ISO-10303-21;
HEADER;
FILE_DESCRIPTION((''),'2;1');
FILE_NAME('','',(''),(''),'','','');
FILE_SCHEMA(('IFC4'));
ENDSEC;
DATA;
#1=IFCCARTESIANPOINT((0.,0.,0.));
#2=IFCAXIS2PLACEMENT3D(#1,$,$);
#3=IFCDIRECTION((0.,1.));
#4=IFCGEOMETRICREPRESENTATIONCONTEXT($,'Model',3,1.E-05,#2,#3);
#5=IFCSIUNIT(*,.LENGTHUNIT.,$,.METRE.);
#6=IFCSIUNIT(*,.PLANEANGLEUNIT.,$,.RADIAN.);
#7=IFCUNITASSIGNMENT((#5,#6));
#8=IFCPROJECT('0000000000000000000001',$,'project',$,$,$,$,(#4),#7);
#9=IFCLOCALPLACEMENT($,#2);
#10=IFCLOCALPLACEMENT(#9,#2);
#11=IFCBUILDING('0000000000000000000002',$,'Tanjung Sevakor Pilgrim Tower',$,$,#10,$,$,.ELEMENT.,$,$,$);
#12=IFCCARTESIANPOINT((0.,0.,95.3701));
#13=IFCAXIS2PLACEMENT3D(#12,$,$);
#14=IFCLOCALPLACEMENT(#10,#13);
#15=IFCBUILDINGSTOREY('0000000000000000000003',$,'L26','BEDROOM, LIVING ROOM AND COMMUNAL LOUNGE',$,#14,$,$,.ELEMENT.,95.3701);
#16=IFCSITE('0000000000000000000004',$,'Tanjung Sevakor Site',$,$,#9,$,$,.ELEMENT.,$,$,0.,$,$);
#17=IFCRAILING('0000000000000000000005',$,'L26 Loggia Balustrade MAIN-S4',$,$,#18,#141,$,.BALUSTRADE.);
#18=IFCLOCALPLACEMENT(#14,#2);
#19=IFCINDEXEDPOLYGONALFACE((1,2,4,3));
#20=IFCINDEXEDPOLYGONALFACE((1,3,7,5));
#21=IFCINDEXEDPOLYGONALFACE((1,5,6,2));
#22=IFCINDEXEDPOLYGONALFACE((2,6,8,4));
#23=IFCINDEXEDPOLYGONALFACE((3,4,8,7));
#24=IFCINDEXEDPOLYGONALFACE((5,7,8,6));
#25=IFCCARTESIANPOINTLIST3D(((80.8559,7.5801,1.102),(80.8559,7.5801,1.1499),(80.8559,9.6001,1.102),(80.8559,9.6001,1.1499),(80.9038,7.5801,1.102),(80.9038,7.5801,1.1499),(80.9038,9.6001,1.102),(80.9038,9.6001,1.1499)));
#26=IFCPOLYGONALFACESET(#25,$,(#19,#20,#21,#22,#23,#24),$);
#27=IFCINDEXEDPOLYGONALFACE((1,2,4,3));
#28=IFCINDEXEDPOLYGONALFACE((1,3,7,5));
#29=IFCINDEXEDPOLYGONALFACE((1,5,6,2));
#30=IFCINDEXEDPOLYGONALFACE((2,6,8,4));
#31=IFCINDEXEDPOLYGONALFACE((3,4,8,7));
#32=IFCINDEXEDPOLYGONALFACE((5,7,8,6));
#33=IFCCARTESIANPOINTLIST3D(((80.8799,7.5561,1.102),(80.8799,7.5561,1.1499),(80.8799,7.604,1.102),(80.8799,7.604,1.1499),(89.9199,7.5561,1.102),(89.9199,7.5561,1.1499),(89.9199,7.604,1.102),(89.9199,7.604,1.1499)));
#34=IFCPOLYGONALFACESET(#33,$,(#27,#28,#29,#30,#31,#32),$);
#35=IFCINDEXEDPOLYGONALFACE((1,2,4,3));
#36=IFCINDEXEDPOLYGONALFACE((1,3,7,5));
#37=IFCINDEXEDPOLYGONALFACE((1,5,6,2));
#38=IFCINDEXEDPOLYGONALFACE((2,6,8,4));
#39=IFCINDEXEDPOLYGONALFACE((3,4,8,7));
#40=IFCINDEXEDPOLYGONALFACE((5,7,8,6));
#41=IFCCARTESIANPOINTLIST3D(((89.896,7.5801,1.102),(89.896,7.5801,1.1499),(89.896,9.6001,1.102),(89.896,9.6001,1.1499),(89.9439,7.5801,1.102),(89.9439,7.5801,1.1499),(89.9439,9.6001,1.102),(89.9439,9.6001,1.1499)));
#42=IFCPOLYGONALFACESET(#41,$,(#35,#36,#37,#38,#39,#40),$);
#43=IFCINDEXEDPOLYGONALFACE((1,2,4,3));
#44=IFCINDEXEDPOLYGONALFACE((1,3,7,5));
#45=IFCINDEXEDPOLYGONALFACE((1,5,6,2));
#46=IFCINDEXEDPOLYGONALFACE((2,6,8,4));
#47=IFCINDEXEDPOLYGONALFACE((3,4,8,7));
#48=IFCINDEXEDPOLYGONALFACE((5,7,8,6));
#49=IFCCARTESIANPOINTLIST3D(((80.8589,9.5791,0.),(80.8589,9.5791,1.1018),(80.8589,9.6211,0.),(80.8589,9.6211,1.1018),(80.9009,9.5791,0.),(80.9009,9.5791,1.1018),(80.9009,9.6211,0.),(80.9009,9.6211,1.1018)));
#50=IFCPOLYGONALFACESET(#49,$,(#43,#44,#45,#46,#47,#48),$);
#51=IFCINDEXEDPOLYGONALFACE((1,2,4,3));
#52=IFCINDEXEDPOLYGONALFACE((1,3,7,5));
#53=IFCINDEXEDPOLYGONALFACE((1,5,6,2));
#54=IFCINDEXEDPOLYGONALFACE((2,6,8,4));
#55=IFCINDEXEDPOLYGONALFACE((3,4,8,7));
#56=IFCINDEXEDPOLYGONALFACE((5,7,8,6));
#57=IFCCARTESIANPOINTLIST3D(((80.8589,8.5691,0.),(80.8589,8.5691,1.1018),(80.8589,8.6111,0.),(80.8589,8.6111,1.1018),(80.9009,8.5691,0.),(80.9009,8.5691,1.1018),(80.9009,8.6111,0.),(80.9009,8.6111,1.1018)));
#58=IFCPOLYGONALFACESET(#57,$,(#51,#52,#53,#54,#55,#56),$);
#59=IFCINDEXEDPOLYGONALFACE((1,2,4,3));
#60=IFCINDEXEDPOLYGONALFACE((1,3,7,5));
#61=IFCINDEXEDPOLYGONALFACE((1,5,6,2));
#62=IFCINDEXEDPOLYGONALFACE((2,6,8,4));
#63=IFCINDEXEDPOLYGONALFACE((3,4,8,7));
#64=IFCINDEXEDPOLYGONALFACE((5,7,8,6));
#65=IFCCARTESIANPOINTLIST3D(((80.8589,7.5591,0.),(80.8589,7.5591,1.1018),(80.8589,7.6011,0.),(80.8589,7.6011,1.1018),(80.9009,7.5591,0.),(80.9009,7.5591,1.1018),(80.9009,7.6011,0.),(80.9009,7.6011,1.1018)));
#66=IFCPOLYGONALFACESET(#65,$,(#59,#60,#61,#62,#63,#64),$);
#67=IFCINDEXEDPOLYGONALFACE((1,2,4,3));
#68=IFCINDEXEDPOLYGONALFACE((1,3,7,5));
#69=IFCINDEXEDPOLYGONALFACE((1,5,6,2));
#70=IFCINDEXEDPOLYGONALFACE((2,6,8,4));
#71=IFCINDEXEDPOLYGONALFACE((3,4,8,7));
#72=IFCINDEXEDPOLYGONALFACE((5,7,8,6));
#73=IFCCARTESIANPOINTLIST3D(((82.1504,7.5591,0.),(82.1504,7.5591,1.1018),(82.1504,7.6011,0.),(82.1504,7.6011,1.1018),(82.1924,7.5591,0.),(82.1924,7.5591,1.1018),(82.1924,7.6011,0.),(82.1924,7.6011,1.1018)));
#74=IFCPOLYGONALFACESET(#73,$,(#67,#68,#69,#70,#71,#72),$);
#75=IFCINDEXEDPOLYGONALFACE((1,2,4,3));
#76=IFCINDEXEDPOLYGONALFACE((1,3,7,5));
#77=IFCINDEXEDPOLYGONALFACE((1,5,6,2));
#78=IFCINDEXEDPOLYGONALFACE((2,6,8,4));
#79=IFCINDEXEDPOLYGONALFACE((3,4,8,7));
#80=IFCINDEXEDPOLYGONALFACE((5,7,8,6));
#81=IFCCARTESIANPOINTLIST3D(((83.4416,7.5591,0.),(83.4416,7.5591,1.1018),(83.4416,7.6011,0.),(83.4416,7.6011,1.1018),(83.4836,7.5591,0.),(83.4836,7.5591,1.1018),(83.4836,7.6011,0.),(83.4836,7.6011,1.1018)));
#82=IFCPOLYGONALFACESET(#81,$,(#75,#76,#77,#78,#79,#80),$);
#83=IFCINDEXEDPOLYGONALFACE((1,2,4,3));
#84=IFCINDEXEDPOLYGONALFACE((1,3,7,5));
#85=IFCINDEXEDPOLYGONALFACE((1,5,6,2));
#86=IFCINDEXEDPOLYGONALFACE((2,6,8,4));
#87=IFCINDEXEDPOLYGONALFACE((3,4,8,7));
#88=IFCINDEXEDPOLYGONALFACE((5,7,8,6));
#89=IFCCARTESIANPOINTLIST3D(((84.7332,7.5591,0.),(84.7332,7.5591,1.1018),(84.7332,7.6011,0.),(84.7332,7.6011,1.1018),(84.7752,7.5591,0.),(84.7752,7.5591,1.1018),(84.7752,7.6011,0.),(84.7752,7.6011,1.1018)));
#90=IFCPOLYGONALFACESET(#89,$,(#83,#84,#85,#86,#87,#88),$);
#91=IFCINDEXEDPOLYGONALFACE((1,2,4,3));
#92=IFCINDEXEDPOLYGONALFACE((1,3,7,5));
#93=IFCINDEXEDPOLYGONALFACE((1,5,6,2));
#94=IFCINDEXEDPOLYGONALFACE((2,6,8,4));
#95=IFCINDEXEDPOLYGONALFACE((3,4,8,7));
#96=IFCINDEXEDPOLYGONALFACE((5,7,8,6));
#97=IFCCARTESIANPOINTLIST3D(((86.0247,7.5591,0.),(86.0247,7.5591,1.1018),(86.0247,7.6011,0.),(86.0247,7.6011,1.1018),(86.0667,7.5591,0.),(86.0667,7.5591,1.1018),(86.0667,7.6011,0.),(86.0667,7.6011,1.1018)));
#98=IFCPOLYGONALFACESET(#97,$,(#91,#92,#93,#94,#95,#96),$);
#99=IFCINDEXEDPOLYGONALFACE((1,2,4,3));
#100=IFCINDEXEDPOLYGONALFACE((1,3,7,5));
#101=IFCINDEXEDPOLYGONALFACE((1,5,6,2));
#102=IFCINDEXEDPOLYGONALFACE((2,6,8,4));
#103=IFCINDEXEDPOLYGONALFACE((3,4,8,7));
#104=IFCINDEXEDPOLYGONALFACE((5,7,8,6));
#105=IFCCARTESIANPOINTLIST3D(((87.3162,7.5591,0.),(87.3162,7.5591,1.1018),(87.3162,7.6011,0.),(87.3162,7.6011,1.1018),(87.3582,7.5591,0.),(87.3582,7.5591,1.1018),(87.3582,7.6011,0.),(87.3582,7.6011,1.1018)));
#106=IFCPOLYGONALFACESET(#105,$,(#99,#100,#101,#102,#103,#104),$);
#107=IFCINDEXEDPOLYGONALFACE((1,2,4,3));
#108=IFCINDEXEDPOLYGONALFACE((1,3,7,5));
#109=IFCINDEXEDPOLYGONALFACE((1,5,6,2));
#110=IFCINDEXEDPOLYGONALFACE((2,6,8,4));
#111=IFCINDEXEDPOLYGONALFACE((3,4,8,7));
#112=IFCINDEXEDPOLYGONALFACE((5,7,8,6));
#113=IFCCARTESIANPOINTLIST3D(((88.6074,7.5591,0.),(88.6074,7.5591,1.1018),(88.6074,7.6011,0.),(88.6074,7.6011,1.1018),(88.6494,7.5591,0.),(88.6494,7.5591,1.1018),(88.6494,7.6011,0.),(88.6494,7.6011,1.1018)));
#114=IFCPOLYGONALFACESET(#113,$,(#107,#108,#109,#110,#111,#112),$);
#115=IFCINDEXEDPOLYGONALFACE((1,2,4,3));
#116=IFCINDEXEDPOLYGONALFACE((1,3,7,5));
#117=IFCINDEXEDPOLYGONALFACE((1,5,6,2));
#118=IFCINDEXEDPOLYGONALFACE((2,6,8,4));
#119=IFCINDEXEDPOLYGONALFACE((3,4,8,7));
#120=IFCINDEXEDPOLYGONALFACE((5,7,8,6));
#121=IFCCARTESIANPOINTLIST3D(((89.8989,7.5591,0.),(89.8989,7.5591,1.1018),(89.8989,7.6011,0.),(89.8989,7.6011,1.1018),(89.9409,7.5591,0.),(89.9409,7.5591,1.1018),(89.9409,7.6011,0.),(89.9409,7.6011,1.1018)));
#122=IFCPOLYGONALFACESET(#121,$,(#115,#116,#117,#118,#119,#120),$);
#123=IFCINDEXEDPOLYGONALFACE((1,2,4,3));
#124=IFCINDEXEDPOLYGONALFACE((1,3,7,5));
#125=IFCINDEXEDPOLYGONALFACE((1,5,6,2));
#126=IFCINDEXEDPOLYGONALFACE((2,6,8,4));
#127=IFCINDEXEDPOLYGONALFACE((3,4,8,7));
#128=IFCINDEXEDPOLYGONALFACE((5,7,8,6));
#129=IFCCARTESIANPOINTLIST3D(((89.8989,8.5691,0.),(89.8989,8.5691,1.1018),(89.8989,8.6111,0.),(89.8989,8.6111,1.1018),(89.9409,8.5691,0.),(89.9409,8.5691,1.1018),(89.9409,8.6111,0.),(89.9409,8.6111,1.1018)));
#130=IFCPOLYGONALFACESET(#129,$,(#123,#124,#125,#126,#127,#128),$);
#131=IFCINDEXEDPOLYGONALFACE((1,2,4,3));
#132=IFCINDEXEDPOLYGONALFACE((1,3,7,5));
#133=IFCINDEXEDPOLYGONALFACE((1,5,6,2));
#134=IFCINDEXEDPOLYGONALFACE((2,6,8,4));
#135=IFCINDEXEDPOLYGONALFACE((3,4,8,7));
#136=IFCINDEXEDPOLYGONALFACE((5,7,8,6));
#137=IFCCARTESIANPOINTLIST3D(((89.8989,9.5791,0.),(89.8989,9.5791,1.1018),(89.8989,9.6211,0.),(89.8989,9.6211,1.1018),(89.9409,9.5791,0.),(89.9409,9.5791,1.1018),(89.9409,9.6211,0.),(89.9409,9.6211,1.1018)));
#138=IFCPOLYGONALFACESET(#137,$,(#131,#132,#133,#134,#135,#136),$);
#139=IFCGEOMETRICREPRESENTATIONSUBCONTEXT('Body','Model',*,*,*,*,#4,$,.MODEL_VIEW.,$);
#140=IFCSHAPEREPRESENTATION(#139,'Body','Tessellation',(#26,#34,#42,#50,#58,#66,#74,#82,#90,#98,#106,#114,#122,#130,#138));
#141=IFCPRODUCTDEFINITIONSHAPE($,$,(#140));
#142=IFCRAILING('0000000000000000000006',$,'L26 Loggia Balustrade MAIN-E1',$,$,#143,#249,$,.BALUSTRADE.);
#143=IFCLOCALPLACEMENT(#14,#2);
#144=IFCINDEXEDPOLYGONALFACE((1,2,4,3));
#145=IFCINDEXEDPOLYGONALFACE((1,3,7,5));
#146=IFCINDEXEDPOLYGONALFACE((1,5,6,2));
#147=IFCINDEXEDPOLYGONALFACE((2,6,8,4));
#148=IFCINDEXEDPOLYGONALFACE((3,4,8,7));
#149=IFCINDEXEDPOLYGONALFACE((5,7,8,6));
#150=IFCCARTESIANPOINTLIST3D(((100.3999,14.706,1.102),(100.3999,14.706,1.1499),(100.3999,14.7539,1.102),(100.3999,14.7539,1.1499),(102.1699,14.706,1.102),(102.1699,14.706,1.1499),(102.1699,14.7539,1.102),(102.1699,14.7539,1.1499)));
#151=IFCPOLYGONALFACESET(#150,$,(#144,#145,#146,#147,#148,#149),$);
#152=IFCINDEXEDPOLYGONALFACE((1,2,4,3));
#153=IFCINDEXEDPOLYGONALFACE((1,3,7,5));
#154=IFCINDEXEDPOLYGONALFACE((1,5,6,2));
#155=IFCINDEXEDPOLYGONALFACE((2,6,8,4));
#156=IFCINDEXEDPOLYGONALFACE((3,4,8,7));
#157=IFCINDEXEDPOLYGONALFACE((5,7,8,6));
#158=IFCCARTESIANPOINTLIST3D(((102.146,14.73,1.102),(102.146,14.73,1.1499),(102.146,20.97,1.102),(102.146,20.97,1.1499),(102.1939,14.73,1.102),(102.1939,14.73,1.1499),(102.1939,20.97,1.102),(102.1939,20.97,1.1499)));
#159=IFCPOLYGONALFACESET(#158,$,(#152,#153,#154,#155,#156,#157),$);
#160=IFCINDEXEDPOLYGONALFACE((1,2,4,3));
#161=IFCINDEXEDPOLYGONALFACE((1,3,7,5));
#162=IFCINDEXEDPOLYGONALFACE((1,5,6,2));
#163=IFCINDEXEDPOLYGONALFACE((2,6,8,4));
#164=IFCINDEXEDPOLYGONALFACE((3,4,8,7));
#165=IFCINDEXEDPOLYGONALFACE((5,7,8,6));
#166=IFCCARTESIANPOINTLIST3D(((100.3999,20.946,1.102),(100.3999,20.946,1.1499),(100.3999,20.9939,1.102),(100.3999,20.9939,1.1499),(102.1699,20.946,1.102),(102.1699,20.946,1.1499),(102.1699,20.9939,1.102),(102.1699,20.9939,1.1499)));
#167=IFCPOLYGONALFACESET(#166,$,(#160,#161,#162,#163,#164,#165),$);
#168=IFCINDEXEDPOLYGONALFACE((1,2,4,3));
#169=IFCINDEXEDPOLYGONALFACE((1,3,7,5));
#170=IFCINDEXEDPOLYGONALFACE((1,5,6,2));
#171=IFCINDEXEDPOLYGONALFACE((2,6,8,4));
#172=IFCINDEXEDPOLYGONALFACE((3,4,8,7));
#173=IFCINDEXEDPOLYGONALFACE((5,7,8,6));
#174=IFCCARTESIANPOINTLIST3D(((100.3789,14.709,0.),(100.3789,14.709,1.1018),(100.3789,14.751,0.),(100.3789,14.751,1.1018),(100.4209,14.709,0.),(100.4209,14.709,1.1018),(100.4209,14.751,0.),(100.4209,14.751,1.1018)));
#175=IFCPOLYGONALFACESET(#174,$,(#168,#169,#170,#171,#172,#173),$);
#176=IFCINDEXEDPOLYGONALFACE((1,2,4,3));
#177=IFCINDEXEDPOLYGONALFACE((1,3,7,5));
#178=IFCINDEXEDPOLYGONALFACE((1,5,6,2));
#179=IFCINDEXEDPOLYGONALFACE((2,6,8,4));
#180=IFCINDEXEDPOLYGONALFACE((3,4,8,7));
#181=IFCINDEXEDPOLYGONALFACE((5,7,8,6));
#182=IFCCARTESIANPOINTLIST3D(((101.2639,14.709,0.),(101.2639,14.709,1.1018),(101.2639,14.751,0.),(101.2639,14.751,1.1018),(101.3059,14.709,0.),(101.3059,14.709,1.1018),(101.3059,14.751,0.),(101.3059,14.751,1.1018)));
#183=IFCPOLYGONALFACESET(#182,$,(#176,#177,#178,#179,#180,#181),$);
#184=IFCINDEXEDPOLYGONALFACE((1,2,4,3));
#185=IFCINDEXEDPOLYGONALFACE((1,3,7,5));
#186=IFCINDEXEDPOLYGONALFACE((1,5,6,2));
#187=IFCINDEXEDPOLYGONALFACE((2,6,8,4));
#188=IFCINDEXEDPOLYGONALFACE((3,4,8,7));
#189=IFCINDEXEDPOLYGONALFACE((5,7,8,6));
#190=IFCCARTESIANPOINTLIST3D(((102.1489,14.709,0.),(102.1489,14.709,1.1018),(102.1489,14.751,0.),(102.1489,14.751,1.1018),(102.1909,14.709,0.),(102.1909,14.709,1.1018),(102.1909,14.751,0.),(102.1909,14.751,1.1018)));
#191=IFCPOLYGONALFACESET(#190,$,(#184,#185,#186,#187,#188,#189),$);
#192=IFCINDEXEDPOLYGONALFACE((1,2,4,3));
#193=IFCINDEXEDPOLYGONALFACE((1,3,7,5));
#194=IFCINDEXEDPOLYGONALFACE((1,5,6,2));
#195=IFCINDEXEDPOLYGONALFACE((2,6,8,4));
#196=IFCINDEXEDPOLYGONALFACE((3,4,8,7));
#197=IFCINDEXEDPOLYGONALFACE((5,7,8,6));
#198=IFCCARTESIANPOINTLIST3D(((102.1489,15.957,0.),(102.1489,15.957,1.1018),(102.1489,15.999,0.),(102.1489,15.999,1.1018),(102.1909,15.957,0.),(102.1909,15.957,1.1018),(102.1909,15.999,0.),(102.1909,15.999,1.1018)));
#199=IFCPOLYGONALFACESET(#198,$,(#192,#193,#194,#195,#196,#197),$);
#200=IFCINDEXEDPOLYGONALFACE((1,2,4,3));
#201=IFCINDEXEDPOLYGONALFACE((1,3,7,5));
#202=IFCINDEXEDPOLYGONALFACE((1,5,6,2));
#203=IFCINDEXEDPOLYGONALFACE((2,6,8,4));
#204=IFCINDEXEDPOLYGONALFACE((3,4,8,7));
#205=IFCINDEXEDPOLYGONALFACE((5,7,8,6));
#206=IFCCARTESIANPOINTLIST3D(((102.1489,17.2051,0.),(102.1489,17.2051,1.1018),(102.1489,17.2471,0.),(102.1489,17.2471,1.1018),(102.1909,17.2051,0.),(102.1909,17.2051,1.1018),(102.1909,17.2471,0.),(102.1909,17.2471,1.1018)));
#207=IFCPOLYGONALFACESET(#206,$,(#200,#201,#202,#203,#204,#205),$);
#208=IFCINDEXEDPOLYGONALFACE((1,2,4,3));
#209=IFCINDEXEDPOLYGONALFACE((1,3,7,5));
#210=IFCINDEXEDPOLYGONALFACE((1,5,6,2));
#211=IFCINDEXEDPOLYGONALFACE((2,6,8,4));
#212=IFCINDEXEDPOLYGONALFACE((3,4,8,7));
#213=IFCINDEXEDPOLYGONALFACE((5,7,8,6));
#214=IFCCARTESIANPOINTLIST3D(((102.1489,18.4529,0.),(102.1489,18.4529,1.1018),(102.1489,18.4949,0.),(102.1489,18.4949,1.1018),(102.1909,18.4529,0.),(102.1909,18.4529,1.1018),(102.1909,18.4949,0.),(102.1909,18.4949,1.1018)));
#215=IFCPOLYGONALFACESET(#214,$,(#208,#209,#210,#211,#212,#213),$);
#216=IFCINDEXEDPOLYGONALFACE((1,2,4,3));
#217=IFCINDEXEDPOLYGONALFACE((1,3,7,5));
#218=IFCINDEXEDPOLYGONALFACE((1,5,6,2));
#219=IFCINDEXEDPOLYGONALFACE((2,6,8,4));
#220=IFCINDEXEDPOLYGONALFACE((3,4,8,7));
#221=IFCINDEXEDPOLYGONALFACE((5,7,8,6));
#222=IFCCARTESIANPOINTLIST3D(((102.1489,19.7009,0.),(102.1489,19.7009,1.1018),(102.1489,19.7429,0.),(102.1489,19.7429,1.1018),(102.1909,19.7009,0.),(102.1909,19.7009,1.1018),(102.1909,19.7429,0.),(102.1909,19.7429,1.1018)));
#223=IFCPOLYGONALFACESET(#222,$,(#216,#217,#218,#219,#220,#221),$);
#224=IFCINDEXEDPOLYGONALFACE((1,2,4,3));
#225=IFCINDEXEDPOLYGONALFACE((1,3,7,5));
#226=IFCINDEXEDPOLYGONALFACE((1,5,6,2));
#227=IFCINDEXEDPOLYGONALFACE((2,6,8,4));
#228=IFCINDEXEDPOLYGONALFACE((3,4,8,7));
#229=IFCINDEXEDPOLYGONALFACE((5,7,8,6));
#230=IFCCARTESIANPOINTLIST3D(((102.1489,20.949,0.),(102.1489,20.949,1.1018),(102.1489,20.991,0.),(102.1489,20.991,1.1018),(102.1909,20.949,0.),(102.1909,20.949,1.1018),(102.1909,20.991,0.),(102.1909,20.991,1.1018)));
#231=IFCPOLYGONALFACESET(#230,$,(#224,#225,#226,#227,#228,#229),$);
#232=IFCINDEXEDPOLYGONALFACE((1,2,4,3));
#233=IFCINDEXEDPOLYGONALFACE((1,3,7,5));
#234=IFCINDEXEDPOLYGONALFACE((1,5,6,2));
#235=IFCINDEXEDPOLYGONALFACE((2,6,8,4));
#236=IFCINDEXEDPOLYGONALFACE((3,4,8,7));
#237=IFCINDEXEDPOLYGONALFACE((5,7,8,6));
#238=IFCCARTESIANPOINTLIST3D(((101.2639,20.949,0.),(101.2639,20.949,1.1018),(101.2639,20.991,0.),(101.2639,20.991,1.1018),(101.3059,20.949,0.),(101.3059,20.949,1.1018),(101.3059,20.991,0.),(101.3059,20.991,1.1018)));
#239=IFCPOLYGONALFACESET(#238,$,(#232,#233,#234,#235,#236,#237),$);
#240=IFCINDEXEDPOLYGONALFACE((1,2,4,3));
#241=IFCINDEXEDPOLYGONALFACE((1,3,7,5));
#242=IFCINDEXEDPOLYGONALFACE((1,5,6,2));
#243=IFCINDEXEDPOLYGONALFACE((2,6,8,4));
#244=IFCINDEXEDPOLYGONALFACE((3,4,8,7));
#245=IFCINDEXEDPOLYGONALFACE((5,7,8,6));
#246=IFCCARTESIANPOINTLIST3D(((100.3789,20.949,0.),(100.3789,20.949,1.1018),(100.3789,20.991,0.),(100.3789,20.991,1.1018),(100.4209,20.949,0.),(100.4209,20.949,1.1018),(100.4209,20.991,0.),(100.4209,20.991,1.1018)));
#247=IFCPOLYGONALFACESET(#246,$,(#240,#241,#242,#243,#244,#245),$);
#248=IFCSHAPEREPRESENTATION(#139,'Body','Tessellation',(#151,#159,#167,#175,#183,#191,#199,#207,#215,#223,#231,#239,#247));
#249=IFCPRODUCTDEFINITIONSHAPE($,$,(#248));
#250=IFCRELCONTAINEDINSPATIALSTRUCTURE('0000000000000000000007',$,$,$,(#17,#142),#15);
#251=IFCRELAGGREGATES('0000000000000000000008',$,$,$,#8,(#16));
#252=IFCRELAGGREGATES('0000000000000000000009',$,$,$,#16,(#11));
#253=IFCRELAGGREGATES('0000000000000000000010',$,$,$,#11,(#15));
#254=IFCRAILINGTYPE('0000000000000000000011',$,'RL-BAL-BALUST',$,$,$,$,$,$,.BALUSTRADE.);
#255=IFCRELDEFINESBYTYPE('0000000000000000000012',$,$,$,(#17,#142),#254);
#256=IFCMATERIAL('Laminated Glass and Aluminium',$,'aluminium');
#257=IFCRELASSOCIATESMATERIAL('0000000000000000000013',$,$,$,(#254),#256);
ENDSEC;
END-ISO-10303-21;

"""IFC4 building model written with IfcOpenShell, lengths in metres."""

from ifc_helpers import new_model, si_unit, direction, frame, origin, place, context, subcontext, project, spatial, rectangle, extrude, material, type_object, element, save


model = new_model("IFC4")

# Units and contexts
model_context = context("Model", 3, precision=1e-05, world=origin(), true_north=direction((0.0, 1.0)))
body_context = subcontext(model_context, "Body", "Model", "MODEL_VIEW")
ifc_project = project(units=[si_unit("LENGTHUNIT", "METRE"), si_unit("PLANEANGLEUNIT", "RADIAN")], contexts=[model_context])

# Site, building, storey
site_placement = place(None, origin())
site = spatial("IfcSite", under=ifc_project, at=site_placement, Name="Tanjung Sevakor Site", CompositionType="ELEMENT", RefElevation=0.0)
building_placement = place(site_placement, origin())
building = spatial("IfcBuilding", under=site, at=building_placement, Name="Tanjung Sevakor Pilgrim Tower", CompositionType="ELEMENT")
storey_placement = place(building_placement, frame((0.0, 0.0, 95.3701)))
storey = spatial("IfcBuildingStorey", under=building, at=storey_placement, Name="L26", Description="BEDROOM, LIVING ROOM AND COMMUNAL LOUNGE", CompositionType="ELEMENT", Elevation=95.3701)

# Railings
ifc_material_1 = material(Name="Laminated Glass and Aluminium", Category="aluminium")
railing_type_1 = type_object("IfcRailingType", Name="RL-BAL-BALUST", PredefinedType="BALUSTRADE", material=ifc_material_1)
railing_1_placement = place(storey_placement, frame((80.8799, 9.6001, 0.0)))
element("IfcRailing", 1, at=railing_1_placement, inside=storey, type_object=railing_type_1, Name="L26 Loggia Balustrade MAIN-S4", PredefinedType="BALUSTRADE", context=body_context, shape_type="SweptSolid", body=[
    extrude(rectangle(XDim=0.0479, YDim=0.0479), frame((0.0, 0.0, 1.126), z_axis=(0.0, -1.0, 0.0), x_axis=(1.0, 0.0, 0.0)), (0.0, 0.0, 1.0), 2.02),
    extrude(rectangle(XDim=0.0479, YDim=0.0479), frame((0.0, -2.02, 1.126), z_axis=(1.0, 0.0, 0.0), x_axis=(0.0, 1.0, 0.0)), (0.0, 0.0, 1.0), 9.04),
    extrude(rectangle(XDim=0.0479, YDim=0.0479), frame((9.04, -2.02, 1.126), z_axis=(0.0, 1.0, 0.0), x_axis=(-1.0, 0.0, 0.0)), (0.0, 0.0, 1.0), 2.02),
    extrude(rectangle(XDim=0.042, YDim=0.042), origin(), (0.0, 0.0, 1.0), 1.1018),
    extrude(rectangle(XDim=0.042, YDim=0.042), frame((0.0, -1.01, 0.0)), (0.0, 0.0, 1.0), 1.1018),
    extrude(rectangle(XDim=0.042, YDim=0.042), frame((0.0, -2.02, 0.0)), (0.0, 0.0, 1.0), 1.1018),
    extrude(rectangle(XDim=0.042, YDim=0.042), frame((1.2915, -2.02, 0.0)), (0.0, 0.0, 1.0), 1.1018),
    extrude(rectangle(XDim=0.042, YDim=0.042), frame((2.5828, -2.02, 0.0)), (0.0, 0.0, 1.0), 1.1018),
    extrude(rectangle(XDim=0.042, YDim=0.042), frame((3.8743, -2.02, 0.0)), (0.0, 0.0, 1.0), 1.1018),
    extrude(rectangle(XDim=0.042, YDim=0.042), frame((5.1658, -2.02, 0.0)), (0.0, 0.0, 1.0), 1.1018),
    extrude(rectangle(XDim=0.042, YDim=0.042), frame((6.4573, -2.02, 0.0)), (0.0, 0.0, 1.0), 1.1018),
    extrude(rectangle(XDim=0.042, YDim=0.042), frame((7.7485, -2.02, 0.0)), (0.0, 0.0, 1.0), 1.1018),
    extrude(rectangle(XDim=0.042, YDim=0.042), frame((9.04, -2.02, 0.0)), (0.0, 0.0, 1.0), 1.1018),
    extrude(rectangle(XDim=0.042, YDim=0.042), frame((9.04, -1.01, 0.0)), (0.0, 0.0, 1.0), 1.1018),
    extrude(rectangle(XDim=0.042, YDim=0.042), frame((9.04, 0.0, 0.0)), (0.0, 0.0, 1.0), 1.1018),
])
railing_2_placement = place(storey_placement, frame((100.3999, 14.73, 0.0)))
element("IfcRailing", 2, at=railing_2_placement, inside=storey, type_object=railing_type_1, Name="L26 Loggia Balustrade MAIN-E1", PredefinedType="BALUSTRADE", context=body_context, shape_type="SweptSolid", body=[
    extrude(rectangle(XDim=0.0479, YDim=0.0479), frame((0.0, 0.0, 1.126), z_axis=(1.0, 0.0, 0.0), x_axis=(0.0, 1.0, 0.0)), (0.0, 0.0, 1.0), 1.77),
    extrude(rectangle(XDim=0.0479, YDim=0.0479), frame((1.77, 0.0, 1.126), z_axis=(0.0, 1.0, 0.0), x_axis=(-1.0, 0.0, 0.0)), (0.0, 0.0, 1.0), 6.24),
    extrude(rectangle(XDim=0.0479, YDim=0.0479), frame((1.77, 6.24, 1.126), z_axis=(-1.0, 0.0, 0.0), x_axis=(0.0, -1.0, 0.0)), (0.0, 0.0, 1.0), 1.77),
    extrude(rectangle(XDim=0.042, YDim=0.042), origin(), (0.0, 0.0, 1.0), 1.1018),
    extrude(rectangle(XDim=0.042, YDim=0.042), frame((0.885, 0.0, 0.0)), (0.0, 0.0, 1.0), 1.1018),
    extrude(rectangle(XDim=0.042, YDim=0.042), frame((1.77, 0.0, 0.0)), (0.0, 0.0, 1.0), 1.1018),
    extrude(rectangle(XDim=0.042, YDim=0.042), frame((1.77, 1.248, 0.0)), (0.0, 0.0, 1.0), 1.1018),
    extrude(rectangle(XDim=0.042, YDim=0.042), frame((1.77, 2.4961, 0.0)), (0.0, 0.0, 1.0), 1.1018),
    extrude(rectangle(XDim=0.042, YDim=0.042), frame((1.77, 3.7439, 0.0)), (0.0, 0.0, 1.0), 1.1018),
    extrude(rectangle(XDim=0.042, YDim=0.042), frame((1.77, 4.9919, 0.0)), (0.0, 0.0, 1.0), 1.1018),
    extrude(rectangle(XDim=0.042, YDim=0.042), frame((1.77, 6.24, 0.0)), (0.0, 0.0, 1.0), 1.1018),
    extrude(rectangle(XDim=0.042, YDim=0.042), frame((0.885, 6.24, 0.0)), (0.0, 0.0, 1.0), 1.1018),
    extrude(rectangle(XDim=0.042, YDim=0.042), frame((0.0, 6.24, 0.0)), (0.0, 0.0, 1.0), 1.1018),
])

save(model, "model.ifc")
